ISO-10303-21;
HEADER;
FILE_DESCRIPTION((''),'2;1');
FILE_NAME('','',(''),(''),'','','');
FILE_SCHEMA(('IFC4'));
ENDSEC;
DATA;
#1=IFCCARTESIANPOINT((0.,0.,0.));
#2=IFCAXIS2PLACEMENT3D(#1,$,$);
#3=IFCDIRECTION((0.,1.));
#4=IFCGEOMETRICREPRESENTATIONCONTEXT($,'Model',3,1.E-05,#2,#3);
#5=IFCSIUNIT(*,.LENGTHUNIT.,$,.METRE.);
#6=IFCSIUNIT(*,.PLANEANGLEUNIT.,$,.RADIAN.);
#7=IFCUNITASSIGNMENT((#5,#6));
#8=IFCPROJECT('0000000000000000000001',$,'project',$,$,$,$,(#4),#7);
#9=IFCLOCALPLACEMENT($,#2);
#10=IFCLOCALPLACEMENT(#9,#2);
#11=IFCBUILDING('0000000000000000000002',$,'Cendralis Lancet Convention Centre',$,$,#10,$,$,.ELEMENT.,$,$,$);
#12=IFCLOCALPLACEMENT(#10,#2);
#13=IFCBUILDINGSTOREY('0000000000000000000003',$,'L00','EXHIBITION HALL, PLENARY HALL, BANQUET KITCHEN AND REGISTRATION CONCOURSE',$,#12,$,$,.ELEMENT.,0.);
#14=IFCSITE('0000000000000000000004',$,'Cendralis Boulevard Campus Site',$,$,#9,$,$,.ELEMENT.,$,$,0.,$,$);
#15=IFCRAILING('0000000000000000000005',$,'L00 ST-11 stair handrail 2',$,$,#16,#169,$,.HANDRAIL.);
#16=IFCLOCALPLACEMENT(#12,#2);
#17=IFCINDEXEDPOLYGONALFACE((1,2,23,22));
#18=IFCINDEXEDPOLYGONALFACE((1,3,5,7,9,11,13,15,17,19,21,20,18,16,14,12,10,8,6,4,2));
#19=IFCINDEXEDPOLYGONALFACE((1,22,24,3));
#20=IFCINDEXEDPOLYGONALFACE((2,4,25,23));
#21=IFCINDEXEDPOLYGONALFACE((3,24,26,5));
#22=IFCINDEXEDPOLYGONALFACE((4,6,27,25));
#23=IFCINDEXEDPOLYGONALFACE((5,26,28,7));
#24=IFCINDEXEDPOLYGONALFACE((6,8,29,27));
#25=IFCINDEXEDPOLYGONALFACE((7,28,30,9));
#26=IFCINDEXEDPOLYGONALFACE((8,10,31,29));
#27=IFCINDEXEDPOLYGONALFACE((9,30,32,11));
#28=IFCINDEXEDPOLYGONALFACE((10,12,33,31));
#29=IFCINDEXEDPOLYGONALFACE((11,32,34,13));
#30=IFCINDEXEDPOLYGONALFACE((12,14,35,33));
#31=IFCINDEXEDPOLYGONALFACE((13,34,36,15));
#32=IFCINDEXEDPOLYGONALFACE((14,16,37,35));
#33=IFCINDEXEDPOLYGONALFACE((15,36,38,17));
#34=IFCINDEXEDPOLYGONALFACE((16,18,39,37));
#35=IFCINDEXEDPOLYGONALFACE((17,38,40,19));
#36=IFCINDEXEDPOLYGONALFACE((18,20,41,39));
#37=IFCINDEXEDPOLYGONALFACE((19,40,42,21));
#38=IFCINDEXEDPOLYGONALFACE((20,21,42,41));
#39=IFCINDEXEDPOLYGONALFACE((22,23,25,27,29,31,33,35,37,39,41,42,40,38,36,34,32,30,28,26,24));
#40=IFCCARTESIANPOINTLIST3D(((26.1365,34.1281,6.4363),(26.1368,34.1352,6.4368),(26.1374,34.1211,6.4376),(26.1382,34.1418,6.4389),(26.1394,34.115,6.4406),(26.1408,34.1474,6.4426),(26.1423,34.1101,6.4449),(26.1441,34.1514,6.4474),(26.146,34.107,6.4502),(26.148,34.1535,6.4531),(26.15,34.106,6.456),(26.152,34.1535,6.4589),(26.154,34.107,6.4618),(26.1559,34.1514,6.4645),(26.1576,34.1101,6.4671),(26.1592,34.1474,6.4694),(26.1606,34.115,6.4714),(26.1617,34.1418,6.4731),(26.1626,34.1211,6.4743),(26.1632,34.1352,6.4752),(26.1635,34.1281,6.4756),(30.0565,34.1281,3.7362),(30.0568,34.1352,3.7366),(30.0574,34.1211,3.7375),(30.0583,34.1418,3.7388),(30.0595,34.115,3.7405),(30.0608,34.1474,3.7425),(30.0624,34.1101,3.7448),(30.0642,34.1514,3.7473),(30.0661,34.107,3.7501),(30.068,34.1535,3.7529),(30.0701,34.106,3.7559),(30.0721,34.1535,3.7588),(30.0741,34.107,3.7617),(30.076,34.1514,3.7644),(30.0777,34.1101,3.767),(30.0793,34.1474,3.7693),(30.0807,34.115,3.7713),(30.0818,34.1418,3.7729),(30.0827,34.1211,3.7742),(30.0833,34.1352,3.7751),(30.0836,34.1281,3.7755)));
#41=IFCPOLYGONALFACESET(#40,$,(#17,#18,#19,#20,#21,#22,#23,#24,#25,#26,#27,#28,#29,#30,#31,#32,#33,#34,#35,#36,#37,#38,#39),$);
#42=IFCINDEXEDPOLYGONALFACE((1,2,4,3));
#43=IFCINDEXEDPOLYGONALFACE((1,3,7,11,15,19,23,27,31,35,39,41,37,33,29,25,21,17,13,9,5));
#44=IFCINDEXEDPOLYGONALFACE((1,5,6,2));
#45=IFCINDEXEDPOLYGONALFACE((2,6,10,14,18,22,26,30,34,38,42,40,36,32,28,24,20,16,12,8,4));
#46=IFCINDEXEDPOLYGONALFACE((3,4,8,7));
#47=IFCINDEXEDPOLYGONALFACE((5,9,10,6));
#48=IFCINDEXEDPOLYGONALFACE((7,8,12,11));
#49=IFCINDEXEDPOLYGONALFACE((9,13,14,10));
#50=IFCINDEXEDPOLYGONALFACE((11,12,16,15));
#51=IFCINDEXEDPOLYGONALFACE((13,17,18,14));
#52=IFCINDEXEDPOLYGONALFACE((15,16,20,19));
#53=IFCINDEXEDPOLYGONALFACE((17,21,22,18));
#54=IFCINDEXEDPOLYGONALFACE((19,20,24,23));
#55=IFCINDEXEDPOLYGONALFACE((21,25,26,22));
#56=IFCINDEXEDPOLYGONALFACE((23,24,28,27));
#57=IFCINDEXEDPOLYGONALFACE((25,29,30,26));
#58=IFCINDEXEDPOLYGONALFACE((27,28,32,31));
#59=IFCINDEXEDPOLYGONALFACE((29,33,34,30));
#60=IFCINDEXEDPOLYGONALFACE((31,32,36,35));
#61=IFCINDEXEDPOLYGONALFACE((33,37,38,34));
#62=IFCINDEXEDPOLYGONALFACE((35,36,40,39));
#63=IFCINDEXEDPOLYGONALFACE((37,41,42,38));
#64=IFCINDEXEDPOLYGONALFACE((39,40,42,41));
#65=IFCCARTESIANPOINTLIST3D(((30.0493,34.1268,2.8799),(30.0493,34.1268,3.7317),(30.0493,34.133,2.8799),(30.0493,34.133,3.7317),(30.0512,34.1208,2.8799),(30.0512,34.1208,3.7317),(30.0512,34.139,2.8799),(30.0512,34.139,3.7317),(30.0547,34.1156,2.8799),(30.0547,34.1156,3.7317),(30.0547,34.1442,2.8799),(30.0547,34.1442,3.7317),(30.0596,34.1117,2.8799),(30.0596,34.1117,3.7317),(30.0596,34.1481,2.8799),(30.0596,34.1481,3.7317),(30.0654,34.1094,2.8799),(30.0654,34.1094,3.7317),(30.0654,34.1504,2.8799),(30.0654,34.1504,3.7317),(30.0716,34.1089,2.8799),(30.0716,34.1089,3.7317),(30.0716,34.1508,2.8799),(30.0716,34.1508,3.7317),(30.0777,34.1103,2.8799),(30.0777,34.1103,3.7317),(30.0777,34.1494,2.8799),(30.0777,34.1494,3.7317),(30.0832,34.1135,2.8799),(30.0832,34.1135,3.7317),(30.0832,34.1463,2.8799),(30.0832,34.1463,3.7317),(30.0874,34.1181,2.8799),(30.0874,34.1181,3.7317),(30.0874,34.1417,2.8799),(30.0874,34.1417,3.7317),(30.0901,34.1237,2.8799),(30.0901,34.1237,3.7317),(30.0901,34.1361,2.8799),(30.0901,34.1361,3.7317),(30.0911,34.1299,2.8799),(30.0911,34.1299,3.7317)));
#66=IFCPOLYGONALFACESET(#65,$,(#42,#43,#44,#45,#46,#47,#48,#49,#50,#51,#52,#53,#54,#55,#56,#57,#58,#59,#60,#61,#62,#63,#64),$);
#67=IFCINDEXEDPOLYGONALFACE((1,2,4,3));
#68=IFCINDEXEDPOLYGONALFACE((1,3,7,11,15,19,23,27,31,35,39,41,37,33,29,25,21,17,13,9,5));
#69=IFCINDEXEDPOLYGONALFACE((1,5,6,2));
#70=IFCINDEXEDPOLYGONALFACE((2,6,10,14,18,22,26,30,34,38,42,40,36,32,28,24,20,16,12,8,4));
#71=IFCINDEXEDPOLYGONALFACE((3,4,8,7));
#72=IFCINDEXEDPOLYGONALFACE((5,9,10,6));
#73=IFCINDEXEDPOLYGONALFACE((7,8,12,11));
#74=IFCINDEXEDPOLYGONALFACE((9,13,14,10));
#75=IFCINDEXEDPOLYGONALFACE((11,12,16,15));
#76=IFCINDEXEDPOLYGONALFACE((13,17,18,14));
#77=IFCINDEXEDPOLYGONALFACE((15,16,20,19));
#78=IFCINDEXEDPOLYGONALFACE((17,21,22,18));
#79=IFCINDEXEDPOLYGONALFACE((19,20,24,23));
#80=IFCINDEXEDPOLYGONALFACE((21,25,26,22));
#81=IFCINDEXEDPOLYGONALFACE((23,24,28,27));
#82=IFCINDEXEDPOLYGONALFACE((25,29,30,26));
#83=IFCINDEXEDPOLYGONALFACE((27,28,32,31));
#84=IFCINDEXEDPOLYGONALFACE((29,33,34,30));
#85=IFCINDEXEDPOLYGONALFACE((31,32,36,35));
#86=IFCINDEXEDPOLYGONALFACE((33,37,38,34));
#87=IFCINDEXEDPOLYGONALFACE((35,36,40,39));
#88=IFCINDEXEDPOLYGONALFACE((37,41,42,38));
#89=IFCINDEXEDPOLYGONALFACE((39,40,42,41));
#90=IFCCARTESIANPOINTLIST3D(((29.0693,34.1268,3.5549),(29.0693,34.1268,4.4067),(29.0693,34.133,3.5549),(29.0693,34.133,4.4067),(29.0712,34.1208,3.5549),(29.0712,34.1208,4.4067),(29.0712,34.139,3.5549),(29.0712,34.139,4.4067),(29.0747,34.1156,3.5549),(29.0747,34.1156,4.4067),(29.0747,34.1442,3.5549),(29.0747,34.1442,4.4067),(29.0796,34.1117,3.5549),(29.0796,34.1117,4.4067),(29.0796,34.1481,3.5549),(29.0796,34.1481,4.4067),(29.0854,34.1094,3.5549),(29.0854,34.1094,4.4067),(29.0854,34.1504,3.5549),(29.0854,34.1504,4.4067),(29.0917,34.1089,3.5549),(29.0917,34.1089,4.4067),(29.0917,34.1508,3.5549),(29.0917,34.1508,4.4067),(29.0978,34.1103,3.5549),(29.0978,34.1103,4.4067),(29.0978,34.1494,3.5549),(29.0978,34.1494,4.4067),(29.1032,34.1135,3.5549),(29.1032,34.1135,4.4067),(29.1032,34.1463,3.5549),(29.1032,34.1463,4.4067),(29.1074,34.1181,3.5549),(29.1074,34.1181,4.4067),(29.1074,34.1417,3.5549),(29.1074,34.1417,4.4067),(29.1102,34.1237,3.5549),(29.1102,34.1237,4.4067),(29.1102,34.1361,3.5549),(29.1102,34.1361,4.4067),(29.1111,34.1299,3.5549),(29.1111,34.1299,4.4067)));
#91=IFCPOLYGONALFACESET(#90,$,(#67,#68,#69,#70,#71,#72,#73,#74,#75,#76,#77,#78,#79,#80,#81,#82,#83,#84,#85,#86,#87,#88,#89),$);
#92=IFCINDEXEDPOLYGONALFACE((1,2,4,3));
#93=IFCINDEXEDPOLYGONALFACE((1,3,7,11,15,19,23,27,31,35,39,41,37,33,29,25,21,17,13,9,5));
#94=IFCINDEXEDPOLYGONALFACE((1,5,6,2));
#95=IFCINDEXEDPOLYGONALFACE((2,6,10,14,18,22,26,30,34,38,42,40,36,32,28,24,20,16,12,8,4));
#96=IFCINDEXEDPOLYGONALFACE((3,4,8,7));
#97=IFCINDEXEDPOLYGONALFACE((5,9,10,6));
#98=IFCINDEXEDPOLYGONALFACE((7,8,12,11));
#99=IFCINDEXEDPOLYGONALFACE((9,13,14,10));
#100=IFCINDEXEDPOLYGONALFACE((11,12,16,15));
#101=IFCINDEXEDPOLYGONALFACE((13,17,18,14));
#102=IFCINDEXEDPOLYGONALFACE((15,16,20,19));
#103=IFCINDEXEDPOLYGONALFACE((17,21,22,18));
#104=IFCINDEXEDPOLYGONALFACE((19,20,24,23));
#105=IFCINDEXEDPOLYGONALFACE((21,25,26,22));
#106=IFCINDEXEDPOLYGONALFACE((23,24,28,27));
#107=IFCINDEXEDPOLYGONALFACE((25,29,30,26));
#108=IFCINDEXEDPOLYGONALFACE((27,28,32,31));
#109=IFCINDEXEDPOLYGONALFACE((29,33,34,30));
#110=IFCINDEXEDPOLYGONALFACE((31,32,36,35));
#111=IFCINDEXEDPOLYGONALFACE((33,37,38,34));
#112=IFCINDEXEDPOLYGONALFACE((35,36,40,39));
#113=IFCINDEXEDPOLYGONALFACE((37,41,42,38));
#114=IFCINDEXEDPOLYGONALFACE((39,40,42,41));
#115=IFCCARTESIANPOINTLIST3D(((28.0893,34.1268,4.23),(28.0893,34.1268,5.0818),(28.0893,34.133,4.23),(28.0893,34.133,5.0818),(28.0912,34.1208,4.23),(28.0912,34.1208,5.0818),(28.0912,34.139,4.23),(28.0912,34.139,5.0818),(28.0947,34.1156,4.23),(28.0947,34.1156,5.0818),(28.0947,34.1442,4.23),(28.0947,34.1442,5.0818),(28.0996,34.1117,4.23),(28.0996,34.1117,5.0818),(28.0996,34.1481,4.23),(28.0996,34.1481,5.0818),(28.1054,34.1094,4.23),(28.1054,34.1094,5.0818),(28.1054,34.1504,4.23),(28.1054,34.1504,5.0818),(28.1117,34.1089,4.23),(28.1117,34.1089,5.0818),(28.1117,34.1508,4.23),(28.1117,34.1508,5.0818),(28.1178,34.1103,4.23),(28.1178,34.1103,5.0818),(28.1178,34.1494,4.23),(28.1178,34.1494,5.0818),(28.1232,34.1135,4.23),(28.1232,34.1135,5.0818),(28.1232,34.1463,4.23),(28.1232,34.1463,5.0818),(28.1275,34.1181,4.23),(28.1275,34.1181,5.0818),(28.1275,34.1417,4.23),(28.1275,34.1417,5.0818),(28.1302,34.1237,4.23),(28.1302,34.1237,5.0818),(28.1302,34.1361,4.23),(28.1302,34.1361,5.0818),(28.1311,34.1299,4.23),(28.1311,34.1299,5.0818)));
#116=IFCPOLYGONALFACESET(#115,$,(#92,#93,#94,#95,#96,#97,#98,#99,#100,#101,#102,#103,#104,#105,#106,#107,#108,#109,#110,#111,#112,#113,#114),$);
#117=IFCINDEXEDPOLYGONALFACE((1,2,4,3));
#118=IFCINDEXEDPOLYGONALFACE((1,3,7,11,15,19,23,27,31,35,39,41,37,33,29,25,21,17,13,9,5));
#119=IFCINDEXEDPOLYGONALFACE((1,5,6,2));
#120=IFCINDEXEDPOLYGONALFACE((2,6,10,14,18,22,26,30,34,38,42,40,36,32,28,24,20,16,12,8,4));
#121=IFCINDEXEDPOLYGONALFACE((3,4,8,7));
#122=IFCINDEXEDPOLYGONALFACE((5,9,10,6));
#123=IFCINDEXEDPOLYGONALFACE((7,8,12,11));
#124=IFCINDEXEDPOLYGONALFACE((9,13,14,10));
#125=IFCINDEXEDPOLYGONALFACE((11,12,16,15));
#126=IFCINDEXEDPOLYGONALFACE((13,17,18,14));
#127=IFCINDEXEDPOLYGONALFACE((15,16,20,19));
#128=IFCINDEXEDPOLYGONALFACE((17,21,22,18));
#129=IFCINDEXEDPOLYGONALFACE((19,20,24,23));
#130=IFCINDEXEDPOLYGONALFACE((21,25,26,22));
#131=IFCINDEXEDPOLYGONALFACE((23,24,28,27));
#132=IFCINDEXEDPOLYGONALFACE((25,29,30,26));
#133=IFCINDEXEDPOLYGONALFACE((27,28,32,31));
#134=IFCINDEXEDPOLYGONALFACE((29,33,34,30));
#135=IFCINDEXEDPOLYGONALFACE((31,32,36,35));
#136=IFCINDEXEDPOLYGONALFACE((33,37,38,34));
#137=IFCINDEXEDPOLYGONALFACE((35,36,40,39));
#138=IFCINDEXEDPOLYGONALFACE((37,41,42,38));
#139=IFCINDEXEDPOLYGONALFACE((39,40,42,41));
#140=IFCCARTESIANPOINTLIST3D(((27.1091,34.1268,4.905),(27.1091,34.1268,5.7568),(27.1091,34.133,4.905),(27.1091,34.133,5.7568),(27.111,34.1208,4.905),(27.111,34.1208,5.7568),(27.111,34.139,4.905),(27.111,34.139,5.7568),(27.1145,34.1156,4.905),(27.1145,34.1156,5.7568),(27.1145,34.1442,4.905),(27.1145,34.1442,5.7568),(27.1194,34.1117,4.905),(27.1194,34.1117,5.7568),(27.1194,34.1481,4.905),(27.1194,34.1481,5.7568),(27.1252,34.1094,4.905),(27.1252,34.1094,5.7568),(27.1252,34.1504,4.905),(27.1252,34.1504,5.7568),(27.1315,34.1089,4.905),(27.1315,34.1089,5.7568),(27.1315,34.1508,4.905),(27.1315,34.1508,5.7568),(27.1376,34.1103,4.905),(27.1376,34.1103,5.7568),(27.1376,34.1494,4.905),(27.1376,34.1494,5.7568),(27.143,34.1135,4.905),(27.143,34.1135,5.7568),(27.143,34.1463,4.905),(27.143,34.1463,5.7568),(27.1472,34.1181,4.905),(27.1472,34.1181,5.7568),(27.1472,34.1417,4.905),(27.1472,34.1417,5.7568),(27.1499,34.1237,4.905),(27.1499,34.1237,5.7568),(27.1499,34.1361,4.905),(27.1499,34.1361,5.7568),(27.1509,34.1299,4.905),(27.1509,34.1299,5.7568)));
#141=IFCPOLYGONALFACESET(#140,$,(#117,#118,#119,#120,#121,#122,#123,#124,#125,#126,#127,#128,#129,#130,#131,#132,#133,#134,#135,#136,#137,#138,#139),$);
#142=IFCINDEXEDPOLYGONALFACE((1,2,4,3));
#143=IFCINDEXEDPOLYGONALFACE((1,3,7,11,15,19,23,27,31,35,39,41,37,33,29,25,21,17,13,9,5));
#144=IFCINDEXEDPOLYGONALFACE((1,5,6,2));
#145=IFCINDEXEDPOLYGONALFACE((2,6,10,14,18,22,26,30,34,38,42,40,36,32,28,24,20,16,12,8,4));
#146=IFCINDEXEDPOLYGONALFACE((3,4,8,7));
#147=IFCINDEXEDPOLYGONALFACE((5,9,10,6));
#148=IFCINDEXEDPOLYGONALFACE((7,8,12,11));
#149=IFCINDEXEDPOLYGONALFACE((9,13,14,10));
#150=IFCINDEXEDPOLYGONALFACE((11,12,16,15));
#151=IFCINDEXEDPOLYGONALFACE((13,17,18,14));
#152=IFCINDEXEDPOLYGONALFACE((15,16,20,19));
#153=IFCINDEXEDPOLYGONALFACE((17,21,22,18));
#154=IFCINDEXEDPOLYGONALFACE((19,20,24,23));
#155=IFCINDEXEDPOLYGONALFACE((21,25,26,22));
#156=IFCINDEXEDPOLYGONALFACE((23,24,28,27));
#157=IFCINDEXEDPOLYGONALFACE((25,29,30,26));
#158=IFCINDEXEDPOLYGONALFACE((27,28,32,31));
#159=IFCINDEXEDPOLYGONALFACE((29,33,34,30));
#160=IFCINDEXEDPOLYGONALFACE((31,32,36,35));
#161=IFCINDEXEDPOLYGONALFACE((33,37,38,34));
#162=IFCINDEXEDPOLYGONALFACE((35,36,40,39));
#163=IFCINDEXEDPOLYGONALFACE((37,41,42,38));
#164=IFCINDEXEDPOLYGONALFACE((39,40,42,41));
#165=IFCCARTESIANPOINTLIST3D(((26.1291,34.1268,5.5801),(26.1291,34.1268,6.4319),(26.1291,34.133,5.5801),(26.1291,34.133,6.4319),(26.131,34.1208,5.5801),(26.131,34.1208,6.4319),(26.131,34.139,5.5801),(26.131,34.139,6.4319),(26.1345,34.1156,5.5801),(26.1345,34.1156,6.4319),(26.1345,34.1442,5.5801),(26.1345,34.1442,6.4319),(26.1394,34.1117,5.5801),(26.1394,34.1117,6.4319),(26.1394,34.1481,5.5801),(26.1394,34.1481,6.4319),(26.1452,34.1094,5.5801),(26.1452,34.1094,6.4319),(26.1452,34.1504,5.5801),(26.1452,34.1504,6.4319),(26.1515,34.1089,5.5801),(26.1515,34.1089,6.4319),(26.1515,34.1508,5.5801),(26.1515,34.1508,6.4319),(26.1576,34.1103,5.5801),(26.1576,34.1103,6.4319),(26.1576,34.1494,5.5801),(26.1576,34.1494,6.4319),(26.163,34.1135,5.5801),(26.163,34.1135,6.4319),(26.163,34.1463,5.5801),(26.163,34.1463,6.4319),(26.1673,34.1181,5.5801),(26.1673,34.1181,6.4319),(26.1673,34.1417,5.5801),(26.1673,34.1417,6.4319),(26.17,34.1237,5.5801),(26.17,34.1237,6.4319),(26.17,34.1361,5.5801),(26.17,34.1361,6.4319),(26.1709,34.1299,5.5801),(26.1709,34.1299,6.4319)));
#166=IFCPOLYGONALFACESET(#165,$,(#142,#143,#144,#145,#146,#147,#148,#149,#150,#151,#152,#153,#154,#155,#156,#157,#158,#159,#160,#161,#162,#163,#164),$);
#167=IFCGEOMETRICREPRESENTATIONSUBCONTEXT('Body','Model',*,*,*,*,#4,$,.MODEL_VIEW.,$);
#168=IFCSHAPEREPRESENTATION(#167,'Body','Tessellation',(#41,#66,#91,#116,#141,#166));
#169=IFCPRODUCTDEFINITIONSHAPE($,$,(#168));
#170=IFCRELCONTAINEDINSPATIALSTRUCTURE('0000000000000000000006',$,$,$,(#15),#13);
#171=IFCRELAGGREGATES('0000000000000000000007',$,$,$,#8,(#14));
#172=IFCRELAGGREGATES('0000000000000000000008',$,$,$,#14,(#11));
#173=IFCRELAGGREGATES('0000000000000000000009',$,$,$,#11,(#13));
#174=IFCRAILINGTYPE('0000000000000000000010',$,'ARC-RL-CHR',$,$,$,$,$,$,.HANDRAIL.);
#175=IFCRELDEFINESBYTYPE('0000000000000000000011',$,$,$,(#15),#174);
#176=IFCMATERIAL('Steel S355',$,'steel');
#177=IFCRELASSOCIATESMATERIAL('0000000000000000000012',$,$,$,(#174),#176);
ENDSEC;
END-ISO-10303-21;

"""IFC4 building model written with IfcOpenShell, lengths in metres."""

from ifc_helpers import new_model, si_unit, direction, frame, origin, origin_2d, place, context, subcontext, project, spatial, circle, extrude, material, type_object, element, save


model = new_model("IFC4")

# Units and contexts
model_context = context("Model", 3, precision=1e-05, world=origin(), true_north=direction((0.0, 1.0)))
body_context = subcontext(model_context, "Body", "Model", "MODEL_VIEW")
ifc_project = project(units=[si_unit("LENGTHUNIT", "METRE"), si_unit("PLANEANGLEUNIT", "RADIAN")], contexts=[model_context])

# Site, building, storey
site_placement = place(None, origin())
site = spatial("IfcSite", under=ifc_project, at=site_placement, Name="Cendralis Boulevard Campus Site", CompositionType="ELEMENT", RefElevation=0.0)
building_placement = place(site_placement, origin())
building = spatial("IfcBuilding", under=site, at=building_placement, Name="Cendralis Lancet Convention Centre", CompositionType="ELEMENT")
storey_placement = place(building_placement, origin())
storey = spatial("IfcBuildingStorey", under=building, at=storey_placement, Name="L00", Description="EXHIBITION HALL, PLENARY HALL, BANQUET KITCHEN AND REGISTRATION CONCOURSE", CompositionType="ELEMENT", Elevation=0.0)

# Shared definitions
ifc_material_1 = material(Name="Steel S355", Category="steel")

# Railing
railing_type_1 = type_object("IfcRailingType", Name="ARC-RL-CHR", PredefinedType="HANDRAIL", material=ifc_material_1)
railing_1_placement = place(storey_placement, frame((30.0701, 34.1299, 2.8799)))
element("IfcRailing", 1, at=railing_1_placement, inside=storey, type_object=railing_type_1, Name="L00 ST-11 stair handrail 2", PredefinedType="HANDRAIL", context=body_context, shape_type="SweptSolid", body=[
    extrude(circle(Radius=0.0239, at=origin_2d()), frame((0.0, 0.0, 0.876), z_axis=(-0.823543, 0.0, 0.567253), x_axis=(0.0, -1.0, 0.0)), (0.0, 0.0, 1.0), 4.76),
    extrude(circle(Radius=0.021, at=origin_2d()), origin(), (0.0, 0.0, 1.0), 0.8518),
    extrude(circle(Radius=0.021, at=origin_2d()), frame((-0.98, 0.0, 0.675)), (0.0, 0.0, 1.0), 0.8518),
    extrude(circle(Radius=0.021, at=origin_2d()), frame((-1.96, 0.0, 1.3501)), (0.0, 0.0, 1.0), 0.8518),
    extrude(circle(Radius=0.021, at=origin_2d()), frame((-2.9402, 0.0, 2.0251)), (0.0, 0.0, 1.0), 0.8518),
    extrude(circle(Radius=0.021, at=origin_2d()), frame((-3.9202, 0.0, 2.7002)), (0.0, 0.0, 1.0), 0.8518),
])

save(model, "model.ifc")
